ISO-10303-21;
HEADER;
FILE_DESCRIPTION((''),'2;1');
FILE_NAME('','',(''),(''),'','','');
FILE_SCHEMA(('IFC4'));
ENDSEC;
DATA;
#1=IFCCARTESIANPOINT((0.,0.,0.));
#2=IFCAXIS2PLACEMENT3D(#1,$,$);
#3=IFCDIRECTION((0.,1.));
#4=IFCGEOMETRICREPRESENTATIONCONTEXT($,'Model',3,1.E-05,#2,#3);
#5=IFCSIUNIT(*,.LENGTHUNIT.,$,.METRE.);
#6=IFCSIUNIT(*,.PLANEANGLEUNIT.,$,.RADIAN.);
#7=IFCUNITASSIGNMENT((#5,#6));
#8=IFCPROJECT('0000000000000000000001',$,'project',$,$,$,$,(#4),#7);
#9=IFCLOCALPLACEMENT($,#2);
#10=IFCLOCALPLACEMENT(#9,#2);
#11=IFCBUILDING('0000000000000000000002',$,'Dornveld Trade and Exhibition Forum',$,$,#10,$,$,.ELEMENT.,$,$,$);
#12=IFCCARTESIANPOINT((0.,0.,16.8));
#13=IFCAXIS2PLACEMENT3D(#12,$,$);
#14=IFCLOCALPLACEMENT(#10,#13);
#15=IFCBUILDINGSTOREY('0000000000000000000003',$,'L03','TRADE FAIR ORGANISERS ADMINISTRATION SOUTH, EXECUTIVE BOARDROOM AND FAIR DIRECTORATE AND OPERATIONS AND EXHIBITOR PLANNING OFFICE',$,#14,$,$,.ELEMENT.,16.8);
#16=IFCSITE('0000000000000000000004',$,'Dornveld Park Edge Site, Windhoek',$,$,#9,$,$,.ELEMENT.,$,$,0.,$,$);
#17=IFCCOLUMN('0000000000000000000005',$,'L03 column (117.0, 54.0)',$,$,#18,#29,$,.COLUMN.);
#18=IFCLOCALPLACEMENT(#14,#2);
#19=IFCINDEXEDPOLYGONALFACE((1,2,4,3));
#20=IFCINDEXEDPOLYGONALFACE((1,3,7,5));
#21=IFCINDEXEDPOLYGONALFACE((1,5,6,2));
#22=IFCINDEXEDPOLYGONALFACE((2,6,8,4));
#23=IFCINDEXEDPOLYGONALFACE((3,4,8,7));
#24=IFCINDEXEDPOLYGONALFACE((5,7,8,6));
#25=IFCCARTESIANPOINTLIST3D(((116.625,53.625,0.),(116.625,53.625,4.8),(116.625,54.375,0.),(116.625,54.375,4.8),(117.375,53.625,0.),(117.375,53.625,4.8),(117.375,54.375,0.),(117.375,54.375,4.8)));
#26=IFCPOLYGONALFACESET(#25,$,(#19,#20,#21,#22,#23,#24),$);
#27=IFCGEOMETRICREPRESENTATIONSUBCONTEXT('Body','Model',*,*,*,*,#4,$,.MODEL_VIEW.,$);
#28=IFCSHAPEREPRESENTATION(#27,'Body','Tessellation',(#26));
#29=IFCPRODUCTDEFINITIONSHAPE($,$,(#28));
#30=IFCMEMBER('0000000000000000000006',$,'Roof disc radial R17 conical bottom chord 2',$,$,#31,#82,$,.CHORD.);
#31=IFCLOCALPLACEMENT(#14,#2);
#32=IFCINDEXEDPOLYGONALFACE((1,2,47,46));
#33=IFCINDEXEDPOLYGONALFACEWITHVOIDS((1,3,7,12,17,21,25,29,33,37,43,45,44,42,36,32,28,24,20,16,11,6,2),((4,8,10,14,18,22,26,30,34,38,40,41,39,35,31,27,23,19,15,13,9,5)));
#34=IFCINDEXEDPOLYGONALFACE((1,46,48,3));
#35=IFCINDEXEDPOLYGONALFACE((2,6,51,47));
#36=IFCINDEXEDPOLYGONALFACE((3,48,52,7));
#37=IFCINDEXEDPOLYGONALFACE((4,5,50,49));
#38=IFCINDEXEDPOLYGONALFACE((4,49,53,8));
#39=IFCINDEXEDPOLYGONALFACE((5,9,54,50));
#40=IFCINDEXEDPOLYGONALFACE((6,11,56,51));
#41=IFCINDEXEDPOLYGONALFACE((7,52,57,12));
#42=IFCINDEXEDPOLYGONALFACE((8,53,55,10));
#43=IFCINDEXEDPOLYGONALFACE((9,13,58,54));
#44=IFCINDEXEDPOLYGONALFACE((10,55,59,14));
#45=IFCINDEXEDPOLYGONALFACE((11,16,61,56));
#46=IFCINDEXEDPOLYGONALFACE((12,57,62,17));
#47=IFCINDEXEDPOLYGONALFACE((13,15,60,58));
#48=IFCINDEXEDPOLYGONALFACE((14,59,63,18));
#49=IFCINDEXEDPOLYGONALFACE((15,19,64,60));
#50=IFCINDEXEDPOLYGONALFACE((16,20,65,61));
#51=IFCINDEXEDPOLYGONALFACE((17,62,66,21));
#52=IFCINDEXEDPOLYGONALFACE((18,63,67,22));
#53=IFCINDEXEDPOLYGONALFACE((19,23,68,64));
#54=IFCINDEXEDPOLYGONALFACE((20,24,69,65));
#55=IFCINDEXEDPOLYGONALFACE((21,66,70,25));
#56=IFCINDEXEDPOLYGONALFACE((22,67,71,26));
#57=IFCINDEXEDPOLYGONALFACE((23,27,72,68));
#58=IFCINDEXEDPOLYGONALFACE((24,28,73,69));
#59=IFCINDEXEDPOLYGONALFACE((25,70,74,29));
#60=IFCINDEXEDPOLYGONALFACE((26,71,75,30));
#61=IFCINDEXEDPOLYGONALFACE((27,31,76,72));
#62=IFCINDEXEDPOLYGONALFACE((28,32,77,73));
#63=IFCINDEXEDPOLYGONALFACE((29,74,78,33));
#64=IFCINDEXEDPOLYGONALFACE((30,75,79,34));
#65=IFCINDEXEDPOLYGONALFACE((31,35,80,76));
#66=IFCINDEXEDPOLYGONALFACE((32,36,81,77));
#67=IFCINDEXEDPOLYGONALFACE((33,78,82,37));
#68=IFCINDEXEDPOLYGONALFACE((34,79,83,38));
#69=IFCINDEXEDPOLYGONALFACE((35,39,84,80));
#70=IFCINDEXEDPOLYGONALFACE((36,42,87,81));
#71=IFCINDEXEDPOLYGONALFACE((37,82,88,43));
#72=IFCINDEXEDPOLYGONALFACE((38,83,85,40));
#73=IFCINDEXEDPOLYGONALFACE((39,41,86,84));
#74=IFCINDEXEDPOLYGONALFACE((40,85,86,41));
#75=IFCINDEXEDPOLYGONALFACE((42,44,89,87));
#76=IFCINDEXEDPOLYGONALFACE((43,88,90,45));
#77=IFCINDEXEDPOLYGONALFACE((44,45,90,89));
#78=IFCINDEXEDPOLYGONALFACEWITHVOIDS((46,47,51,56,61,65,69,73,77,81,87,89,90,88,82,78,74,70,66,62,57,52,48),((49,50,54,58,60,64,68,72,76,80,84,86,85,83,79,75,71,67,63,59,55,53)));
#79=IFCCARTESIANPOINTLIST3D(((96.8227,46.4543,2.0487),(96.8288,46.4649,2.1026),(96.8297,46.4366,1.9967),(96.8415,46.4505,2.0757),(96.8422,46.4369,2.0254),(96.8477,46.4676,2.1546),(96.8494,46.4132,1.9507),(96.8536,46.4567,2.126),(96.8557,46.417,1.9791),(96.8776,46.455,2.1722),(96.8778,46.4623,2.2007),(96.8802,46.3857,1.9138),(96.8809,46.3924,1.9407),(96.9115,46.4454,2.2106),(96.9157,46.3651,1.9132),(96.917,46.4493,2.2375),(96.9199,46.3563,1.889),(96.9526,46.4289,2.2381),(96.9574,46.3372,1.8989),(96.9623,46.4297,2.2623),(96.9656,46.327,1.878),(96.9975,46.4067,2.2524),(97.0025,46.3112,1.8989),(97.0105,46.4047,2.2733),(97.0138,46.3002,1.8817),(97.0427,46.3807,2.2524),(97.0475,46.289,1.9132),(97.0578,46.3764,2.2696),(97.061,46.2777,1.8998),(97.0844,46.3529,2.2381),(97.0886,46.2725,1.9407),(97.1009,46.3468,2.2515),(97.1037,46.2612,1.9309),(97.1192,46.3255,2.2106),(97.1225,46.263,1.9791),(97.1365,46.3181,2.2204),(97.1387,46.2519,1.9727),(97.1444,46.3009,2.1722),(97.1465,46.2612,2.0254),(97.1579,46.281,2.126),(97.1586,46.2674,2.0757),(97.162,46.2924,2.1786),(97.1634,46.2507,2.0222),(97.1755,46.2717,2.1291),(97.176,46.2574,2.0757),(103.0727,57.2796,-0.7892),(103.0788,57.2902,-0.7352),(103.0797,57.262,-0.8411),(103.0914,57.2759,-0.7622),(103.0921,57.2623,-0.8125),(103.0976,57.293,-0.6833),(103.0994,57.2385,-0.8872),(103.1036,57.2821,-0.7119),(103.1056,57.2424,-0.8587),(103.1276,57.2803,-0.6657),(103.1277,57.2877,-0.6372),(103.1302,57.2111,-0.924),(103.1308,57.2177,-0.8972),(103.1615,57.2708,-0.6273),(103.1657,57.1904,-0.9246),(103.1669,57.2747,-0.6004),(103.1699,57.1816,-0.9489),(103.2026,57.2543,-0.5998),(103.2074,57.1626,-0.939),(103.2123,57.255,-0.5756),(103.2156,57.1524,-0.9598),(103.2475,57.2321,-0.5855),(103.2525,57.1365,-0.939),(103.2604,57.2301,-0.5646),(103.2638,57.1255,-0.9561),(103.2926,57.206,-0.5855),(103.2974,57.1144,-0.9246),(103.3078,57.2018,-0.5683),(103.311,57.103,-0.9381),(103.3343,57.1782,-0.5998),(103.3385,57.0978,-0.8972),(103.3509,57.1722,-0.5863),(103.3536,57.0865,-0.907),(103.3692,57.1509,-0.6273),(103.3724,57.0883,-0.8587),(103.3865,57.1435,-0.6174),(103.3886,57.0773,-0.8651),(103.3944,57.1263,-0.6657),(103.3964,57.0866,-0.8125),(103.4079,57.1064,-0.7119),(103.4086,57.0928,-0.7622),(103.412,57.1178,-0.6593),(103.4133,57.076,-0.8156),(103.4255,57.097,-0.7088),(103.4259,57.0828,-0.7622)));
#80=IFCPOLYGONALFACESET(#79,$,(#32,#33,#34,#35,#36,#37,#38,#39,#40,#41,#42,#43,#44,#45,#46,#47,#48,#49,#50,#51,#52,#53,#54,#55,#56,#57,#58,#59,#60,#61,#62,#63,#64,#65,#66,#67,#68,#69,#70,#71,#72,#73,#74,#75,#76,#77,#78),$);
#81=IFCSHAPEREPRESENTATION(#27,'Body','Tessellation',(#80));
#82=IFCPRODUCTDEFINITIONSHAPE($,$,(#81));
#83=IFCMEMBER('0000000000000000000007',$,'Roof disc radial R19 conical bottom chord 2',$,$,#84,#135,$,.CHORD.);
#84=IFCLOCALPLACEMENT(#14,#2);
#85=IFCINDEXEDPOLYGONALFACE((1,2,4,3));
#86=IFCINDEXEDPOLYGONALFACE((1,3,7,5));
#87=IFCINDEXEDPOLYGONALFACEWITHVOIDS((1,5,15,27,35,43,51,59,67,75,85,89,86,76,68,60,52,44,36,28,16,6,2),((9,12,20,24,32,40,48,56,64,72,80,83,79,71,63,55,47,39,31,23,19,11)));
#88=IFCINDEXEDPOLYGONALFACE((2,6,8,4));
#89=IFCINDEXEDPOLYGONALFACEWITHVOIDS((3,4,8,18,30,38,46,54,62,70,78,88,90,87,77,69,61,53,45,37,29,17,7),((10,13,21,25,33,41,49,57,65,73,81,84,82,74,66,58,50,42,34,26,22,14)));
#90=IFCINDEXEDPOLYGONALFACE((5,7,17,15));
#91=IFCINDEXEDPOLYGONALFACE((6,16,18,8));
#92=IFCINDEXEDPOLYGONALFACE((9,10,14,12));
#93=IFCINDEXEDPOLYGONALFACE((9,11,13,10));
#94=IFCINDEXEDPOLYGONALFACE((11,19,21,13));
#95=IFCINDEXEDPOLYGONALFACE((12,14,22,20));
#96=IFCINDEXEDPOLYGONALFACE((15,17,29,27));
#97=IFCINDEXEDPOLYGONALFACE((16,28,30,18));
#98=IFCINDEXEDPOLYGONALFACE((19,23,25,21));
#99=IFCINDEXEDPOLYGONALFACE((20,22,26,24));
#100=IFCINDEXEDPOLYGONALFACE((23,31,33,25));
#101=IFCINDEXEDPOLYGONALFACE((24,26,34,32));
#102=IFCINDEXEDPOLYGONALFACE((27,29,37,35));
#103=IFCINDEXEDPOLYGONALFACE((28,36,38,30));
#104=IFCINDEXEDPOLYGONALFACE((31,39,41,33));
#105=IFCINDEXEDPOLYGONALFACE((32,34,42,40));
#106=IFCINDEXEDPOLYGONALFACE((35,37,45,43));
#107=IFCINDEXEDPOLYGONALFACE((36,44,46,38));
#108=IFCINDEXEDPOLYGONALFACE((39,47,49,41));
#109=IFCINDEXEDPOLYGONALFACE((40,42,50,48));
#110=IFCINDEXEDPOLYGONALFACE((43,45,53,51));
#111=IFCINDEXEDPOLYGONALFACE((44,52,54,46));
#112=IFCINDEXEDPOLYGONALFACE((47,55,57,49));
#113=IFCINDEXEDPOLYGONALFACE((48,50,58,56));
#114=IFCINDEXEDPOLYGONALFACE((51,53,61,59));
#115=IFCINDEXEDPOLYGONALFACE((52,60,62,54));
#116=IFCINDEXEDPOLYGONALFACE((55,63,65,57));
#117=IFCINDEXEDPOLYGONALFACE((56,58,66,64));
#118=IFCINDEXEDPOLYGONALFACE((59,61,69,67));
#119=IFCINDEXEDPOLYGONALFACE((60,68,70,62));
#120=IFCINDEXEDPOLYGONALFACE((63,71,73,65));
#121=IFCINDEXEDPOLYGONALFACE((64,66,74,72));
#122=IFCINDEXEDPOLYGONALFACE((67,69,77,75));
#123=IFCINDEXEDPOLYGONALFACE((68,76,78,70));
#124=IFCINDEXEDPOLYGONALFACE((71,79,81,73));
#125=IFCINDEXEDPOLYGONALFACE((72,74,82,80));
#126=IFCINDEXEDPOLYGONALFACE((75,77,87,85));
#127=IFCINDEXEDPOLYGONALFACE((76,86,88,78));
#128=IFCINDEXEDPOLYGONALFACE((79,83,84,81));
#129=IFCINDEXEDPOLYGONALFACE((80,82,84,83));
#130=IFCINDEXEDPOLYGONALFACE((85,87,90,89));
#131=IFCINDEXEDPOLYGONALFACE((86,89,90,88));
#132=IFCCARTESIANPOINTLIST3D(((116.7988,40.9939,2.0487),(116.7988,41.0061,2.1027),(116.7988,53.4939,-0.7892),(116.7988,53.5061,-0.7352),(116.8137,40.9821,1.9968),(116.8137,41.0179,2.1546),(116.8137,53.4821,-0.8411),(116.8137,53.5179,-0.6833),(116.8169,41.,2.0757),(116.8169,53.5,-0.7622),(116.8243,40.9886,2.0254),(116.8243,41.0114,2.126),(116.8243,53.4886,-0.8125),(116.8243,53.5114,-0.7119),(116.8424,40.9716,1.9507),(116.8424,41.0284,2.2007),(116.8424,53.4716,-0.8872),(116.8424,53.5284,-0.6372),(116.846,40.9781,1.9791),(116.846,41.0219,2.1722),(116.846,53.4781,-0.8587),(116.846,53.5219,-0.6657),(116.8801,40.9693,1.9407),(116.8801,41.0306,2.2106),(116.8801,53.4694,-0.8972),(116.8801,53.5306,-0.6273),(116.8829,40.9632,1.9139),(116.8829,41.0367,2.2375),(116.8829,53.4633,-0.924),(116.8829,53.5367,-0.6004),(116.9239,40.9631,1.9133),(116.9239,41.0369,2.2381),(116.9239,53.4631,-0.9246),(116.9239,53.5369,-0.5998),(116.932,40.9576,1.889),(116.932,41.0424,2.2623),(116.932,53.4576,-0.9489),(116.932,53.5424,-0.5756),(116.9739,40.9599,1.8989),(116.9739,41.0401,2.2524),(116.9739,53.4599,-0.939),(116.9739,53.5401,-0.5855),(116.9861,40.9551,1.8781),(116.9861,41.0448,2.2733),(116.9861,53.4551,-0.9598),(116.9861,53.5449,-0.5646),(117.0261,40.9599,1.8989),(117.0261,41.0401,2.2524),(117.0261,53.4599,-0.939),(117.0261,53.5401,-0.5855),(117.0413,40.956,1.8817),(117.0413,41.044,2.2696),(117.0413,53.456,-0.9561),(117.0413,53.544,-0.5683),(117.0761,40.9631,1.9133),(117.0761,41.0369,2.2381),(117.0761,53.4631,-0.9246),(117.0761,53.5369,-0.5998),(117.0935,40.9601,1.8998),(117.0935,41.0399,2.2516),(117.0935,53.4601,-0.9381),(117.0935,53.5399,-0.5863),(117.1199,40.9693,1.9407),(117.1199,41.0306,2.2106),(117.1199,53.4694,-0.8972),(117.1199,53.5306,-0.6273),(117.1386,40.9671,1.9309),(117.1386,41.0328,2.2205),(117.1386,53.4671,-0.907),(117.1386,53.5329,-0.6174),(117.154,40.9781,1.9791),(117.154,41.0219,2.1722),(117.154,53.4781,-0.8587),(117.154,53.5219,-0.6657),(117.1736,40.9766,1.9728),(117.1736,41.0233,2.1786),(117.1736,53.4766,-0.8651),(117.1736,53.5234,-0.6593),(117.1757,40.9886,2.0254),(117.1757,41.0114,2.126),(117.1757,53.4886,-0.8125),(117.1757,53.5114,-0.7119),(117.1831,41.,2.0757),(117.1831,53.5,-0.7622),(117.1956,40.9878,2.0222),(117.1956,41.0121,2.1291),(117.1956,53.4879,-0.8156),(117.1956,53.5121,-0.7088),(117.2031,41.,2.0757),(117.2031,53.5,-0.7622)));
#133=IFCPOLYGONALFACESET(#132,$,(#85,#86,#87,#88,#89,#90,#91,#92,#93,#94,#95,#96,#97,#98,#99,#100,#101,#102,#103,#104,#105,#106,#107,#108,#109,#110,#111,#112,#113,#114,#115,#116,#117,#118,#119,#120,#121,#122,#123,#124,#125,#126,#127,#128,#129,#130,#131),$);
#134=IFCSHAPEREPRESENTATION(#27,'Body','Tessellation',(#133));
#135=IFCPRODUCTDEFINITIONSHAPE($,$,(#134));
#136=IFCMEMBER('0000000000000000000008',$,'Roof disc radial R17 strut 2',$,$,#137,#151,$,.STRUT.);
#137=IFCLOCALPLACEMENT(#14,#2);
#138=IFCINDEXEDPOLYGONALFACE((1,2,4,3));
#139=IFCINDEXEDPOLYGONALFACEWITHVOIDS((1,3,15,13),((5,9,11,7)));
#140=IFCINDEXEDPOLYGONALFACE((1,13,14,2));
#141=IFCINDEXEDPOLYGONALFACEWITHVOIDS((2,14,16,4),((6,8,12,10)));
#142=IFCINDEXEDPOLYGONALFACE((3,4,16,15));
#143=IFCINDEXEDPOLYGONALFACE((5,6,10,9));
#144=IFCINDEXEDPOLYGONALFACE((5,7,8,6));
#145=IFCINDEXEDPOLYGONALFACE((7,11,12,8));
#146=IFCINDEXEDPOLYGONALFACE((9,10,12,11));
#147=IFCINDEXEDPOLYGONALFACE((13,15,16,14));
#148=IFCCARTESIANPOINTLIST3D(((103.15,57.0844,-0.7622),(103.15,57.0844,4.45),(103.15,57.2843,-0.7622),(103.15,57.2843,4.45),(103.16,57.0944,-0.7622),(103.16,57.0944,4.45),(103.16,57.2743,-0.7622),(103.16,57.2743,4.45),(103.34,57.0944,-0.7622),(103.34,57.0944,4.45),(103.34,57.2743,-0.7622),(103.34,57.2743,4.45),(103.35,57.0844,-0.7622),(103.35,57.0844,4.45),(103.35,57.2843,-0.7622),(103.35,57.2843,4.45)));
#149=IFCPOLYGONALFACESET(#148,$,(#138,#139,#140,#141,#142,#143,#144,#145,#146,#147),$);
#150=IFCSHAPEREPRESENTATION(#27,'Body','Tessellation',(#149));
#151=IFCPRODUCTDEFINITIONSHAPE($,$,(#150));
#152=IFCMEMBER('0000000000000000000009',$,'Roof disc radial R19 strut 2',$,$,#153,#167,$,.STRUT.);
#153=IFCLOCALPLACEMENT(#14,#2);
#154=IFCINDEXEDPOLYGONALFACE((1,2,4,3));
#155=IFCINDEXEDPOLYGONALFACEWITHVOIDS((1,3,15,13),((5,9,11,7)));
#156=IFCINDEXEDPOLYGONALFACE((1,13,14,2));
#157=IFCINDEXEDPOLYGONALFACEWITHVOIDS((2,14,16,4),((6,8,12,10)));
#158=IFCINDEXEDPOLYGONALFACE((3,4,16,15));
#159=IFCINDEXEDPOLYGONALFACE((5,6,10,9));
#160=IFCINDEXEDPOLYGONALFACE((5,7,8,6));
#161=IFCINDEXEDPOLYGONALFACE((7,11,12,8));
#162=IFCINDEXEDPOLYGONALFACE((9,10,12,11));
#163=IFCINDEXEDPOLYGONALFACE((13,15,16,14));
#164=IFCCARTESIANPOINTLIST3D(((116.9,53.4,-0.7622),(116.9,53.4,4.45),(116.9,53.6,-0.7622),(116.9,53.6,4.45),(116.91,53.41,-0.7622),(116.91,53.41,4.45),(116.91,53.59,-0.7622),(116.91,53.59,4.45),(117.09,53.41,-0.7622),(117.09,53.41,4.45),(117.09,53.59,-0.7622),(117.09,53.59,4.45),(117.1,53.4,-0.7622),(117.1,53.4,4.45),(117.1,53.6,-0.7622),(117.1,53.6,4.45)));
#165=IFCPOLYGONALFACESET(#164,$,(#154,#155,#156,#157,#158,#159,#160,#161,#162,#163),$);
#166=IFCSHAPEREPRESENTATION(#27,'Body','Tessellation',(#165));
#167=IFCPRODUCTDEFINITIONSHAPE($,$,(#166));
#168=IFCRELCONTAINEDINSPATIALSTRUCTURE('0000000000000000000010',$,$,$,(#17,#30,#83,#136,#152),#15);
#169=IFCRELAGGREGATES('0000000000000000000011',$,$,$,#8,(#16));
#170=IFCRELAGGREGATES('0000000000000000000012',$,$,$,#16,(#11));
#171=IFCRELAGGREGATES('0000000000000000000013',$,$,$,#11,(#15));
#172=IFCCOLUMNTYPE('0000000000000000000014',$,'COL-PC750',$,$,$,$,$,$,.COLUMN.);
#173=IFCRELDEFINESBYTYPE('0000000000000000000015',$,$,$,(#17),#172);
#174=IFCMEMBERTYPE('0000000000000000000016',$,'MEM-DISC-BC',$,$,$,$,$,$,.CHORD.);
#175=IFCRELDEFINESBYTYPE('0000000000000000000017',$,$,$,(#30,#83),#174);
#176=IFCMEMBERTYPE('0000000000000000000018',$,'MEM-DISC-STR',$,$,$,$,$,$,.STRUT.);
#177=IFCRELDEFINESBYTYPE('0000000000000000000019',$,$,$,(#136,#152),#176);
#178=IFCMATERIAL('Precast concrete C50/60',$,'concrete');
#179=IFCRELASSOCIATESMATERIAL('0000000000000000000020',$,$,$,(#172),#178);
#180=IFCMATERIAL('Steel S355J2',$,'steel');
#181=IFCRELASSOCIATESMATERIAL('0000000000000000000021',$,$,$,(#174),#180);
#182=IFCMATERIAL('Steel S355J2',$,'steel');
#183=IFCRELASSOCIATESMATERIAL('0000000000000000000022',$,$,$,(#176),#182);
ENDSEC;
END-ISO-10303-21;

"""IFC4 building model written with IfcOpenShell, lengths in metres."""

from ifc_helpers import new_model, si_unit, direction, frame, origin, origin_2d, place, context, subcontext, project, spatial, rectangle, hollow_rectangle, hollow_circle, extrude, material, material_profile, profile_set, type_object, element, save


model = new_model("IFC4")

# Units and contexts
model_context = context("Model", 3, precision=1e-05, world=origin(), true_north=direction((0.0, 1.0)))
body_context = subcontext(model_context, "Body", "Model", "MODEL_VIEW")
ifc_project = project(units=[si_unit("LENGTHUNIT", "METRE"), si_unit("PLANEANGLEUNIT", "RADIAN")], contexts=[model_context])

# Site, building, storey
site_placement = place(None, origin())
site = spatial("IfcSite", under=ifc_project, at=site_placement, Name="Dornveld Park Edge Site, Windhoek", CompositionType="ELEMENT", RefElevation=0.0)
building_placement = place(site_placement, origin())
building = spatial("IfcBuilding", under=site, at=building_placement, Name="Dornveld Trade and Exhibition Forum", CompositionType="ELEMENT")
storey_placement = place(building_placement, frame((0.0, 0.0, 16.8)))
storey = spatial("IfcBuildingStorey", under=building, at=storey_placement, Name="L03", Description="TRADE FAIR ORGANISERS ADMINISTRATION SOUTH, EXECUTIVE BOARDROOM AND FAIR DIRECTORATE AND OPERATIONS AND EXHIBITOR PLANNING OFFICE", CompositionType="ELEMENT", Elevation=16.8)

# Column
ifc_material_1 = material(Name="Precast concrete C50/60", Category="concrete")
ifc_material_profile_1 = material_profile(ifc_material_1, rectangle(XDim=0.75, YDim=0.75, at=origin_2d()), Name="PC-COL 750x750")
ifc_profile_set_1 = profile_set([ifc_material_profile_1], Name="Precast concrete C50/60")
column_type = type_object("IfcColumnType", Name="COL-PC750", PredefinedType="COLUMN", material=ifc_profile_set_1)
column_placement = place(storey_placement, frame((117.0, 54.0, 0.0), z_axis=(0.0, 0.0, 1.0), x_axis=(1.0, 0.0, 0.0)))
element("IfcColumn", 1, at=column_placement, inside=storey, type_object=column_type, Name="L03 column (117.0, 54.0)", PredefinedType="COLUMN", context=body_context, shape_type="SweptSolid", body=[
    extrude(rectangle(XDim=0.75, YDim=0.75, at=origin_2d()), origin(), (0.0, 0.0, 1.0), 4.8),
])

# Members
ifc_material_2 = material(Name="Steel S355J2", Category="steel")
ifc_material_profile_2 = material_profile(ifc_material_2, hollow_circle(Radius=0.2031, WallThickness=0.02, at=origin_2d()), Name="CHS 406.4x20")
ifc_profile_set_2 = profile_set([ifc_material_profile_2], Name="Steel S355J2")
member_type_1 = type_object("IfcMemberType", Name="MEM-DISC-BC", PredefinedType="CHORD", material=ifc_profile_set_2)
for number, where, z_axis, x_axis, name in (
    (2, (103.25, 57.1843, -0.7622), (-0.487588, -0.844537, 0.221395), (0.866028, -0.499996, 0.0), "Roof disc radial R17 conical bottom chord 2"),
    (3, (117.0, 53.5, -0.7622), (0.0, -0.975184, 0.221397), (1.0, 0.0, 0.0), "Roof disc radial R19 conical bottom chord 2"),
):
    element("IfcMember", number, at=place(storey_placement, frame(where, z_axis=z_axis, x_axis=x_axis)), inside=storey, type_object=member_type_1, Name=name, PredefinedType="CHORD", context=body_context, shape_type="SweptSolid", body=[
        extrude(hollow_circle(Radius=0.2031, WallThickness=0.02, at=origin_2d()), origin(), (0.0, 0.0, 1.0), 12.8181),
    ])
ifc_material_3 = material(Name="Steel S355J2", Category="steel")
ifc_material_profile_3 = material_profile(ifc_material_3, hollow_rectangle(XDim=0.2, YDim=0.2, WallThickness=0.01, at=origin_2d()), Name="SHS 200x200x10")
ifc_profile_set_3 = profile_set([ifc_material_profile_3], Name="Steel S355J2")
member_type_2 = type_object("IfcMemberType", Name="MEM-DISC-STR", PredefinedType="STRUT", material=ifc_profile_set_3)
for number, where, z_axis, x_axis, name in (
    (4, (103.25, 57.1843, -0.7622), (0.0, 0.0, 1.0), (1.0, 0.0, 0.0), "Roof disc radial R17 strut 2"),
    (5, (117.0, 53.5, -0.7622), (0.0, 0.0, 1.0), (1.0, 0.0, 0.0), "Roof disc radial R19 strut 2"),
):
    element("IfcMember", number, at=place(storey_placement, frame(where, z_axis=z_axis, x_axis=x_axis)), inside=storey, type_object=member_type_2, Name=name, PredefinedType="STRUT", context=body_context, shape_type="SweptSolid", body=[
        extrude(hollow_rectangle(XDim=0.2, YDim=0.2, WallThickness=0.01, at=origin_2d()), origin(), (0.0, 0.0, 1.0), 5.2122),
    ])

save(model, "model.ifc")
